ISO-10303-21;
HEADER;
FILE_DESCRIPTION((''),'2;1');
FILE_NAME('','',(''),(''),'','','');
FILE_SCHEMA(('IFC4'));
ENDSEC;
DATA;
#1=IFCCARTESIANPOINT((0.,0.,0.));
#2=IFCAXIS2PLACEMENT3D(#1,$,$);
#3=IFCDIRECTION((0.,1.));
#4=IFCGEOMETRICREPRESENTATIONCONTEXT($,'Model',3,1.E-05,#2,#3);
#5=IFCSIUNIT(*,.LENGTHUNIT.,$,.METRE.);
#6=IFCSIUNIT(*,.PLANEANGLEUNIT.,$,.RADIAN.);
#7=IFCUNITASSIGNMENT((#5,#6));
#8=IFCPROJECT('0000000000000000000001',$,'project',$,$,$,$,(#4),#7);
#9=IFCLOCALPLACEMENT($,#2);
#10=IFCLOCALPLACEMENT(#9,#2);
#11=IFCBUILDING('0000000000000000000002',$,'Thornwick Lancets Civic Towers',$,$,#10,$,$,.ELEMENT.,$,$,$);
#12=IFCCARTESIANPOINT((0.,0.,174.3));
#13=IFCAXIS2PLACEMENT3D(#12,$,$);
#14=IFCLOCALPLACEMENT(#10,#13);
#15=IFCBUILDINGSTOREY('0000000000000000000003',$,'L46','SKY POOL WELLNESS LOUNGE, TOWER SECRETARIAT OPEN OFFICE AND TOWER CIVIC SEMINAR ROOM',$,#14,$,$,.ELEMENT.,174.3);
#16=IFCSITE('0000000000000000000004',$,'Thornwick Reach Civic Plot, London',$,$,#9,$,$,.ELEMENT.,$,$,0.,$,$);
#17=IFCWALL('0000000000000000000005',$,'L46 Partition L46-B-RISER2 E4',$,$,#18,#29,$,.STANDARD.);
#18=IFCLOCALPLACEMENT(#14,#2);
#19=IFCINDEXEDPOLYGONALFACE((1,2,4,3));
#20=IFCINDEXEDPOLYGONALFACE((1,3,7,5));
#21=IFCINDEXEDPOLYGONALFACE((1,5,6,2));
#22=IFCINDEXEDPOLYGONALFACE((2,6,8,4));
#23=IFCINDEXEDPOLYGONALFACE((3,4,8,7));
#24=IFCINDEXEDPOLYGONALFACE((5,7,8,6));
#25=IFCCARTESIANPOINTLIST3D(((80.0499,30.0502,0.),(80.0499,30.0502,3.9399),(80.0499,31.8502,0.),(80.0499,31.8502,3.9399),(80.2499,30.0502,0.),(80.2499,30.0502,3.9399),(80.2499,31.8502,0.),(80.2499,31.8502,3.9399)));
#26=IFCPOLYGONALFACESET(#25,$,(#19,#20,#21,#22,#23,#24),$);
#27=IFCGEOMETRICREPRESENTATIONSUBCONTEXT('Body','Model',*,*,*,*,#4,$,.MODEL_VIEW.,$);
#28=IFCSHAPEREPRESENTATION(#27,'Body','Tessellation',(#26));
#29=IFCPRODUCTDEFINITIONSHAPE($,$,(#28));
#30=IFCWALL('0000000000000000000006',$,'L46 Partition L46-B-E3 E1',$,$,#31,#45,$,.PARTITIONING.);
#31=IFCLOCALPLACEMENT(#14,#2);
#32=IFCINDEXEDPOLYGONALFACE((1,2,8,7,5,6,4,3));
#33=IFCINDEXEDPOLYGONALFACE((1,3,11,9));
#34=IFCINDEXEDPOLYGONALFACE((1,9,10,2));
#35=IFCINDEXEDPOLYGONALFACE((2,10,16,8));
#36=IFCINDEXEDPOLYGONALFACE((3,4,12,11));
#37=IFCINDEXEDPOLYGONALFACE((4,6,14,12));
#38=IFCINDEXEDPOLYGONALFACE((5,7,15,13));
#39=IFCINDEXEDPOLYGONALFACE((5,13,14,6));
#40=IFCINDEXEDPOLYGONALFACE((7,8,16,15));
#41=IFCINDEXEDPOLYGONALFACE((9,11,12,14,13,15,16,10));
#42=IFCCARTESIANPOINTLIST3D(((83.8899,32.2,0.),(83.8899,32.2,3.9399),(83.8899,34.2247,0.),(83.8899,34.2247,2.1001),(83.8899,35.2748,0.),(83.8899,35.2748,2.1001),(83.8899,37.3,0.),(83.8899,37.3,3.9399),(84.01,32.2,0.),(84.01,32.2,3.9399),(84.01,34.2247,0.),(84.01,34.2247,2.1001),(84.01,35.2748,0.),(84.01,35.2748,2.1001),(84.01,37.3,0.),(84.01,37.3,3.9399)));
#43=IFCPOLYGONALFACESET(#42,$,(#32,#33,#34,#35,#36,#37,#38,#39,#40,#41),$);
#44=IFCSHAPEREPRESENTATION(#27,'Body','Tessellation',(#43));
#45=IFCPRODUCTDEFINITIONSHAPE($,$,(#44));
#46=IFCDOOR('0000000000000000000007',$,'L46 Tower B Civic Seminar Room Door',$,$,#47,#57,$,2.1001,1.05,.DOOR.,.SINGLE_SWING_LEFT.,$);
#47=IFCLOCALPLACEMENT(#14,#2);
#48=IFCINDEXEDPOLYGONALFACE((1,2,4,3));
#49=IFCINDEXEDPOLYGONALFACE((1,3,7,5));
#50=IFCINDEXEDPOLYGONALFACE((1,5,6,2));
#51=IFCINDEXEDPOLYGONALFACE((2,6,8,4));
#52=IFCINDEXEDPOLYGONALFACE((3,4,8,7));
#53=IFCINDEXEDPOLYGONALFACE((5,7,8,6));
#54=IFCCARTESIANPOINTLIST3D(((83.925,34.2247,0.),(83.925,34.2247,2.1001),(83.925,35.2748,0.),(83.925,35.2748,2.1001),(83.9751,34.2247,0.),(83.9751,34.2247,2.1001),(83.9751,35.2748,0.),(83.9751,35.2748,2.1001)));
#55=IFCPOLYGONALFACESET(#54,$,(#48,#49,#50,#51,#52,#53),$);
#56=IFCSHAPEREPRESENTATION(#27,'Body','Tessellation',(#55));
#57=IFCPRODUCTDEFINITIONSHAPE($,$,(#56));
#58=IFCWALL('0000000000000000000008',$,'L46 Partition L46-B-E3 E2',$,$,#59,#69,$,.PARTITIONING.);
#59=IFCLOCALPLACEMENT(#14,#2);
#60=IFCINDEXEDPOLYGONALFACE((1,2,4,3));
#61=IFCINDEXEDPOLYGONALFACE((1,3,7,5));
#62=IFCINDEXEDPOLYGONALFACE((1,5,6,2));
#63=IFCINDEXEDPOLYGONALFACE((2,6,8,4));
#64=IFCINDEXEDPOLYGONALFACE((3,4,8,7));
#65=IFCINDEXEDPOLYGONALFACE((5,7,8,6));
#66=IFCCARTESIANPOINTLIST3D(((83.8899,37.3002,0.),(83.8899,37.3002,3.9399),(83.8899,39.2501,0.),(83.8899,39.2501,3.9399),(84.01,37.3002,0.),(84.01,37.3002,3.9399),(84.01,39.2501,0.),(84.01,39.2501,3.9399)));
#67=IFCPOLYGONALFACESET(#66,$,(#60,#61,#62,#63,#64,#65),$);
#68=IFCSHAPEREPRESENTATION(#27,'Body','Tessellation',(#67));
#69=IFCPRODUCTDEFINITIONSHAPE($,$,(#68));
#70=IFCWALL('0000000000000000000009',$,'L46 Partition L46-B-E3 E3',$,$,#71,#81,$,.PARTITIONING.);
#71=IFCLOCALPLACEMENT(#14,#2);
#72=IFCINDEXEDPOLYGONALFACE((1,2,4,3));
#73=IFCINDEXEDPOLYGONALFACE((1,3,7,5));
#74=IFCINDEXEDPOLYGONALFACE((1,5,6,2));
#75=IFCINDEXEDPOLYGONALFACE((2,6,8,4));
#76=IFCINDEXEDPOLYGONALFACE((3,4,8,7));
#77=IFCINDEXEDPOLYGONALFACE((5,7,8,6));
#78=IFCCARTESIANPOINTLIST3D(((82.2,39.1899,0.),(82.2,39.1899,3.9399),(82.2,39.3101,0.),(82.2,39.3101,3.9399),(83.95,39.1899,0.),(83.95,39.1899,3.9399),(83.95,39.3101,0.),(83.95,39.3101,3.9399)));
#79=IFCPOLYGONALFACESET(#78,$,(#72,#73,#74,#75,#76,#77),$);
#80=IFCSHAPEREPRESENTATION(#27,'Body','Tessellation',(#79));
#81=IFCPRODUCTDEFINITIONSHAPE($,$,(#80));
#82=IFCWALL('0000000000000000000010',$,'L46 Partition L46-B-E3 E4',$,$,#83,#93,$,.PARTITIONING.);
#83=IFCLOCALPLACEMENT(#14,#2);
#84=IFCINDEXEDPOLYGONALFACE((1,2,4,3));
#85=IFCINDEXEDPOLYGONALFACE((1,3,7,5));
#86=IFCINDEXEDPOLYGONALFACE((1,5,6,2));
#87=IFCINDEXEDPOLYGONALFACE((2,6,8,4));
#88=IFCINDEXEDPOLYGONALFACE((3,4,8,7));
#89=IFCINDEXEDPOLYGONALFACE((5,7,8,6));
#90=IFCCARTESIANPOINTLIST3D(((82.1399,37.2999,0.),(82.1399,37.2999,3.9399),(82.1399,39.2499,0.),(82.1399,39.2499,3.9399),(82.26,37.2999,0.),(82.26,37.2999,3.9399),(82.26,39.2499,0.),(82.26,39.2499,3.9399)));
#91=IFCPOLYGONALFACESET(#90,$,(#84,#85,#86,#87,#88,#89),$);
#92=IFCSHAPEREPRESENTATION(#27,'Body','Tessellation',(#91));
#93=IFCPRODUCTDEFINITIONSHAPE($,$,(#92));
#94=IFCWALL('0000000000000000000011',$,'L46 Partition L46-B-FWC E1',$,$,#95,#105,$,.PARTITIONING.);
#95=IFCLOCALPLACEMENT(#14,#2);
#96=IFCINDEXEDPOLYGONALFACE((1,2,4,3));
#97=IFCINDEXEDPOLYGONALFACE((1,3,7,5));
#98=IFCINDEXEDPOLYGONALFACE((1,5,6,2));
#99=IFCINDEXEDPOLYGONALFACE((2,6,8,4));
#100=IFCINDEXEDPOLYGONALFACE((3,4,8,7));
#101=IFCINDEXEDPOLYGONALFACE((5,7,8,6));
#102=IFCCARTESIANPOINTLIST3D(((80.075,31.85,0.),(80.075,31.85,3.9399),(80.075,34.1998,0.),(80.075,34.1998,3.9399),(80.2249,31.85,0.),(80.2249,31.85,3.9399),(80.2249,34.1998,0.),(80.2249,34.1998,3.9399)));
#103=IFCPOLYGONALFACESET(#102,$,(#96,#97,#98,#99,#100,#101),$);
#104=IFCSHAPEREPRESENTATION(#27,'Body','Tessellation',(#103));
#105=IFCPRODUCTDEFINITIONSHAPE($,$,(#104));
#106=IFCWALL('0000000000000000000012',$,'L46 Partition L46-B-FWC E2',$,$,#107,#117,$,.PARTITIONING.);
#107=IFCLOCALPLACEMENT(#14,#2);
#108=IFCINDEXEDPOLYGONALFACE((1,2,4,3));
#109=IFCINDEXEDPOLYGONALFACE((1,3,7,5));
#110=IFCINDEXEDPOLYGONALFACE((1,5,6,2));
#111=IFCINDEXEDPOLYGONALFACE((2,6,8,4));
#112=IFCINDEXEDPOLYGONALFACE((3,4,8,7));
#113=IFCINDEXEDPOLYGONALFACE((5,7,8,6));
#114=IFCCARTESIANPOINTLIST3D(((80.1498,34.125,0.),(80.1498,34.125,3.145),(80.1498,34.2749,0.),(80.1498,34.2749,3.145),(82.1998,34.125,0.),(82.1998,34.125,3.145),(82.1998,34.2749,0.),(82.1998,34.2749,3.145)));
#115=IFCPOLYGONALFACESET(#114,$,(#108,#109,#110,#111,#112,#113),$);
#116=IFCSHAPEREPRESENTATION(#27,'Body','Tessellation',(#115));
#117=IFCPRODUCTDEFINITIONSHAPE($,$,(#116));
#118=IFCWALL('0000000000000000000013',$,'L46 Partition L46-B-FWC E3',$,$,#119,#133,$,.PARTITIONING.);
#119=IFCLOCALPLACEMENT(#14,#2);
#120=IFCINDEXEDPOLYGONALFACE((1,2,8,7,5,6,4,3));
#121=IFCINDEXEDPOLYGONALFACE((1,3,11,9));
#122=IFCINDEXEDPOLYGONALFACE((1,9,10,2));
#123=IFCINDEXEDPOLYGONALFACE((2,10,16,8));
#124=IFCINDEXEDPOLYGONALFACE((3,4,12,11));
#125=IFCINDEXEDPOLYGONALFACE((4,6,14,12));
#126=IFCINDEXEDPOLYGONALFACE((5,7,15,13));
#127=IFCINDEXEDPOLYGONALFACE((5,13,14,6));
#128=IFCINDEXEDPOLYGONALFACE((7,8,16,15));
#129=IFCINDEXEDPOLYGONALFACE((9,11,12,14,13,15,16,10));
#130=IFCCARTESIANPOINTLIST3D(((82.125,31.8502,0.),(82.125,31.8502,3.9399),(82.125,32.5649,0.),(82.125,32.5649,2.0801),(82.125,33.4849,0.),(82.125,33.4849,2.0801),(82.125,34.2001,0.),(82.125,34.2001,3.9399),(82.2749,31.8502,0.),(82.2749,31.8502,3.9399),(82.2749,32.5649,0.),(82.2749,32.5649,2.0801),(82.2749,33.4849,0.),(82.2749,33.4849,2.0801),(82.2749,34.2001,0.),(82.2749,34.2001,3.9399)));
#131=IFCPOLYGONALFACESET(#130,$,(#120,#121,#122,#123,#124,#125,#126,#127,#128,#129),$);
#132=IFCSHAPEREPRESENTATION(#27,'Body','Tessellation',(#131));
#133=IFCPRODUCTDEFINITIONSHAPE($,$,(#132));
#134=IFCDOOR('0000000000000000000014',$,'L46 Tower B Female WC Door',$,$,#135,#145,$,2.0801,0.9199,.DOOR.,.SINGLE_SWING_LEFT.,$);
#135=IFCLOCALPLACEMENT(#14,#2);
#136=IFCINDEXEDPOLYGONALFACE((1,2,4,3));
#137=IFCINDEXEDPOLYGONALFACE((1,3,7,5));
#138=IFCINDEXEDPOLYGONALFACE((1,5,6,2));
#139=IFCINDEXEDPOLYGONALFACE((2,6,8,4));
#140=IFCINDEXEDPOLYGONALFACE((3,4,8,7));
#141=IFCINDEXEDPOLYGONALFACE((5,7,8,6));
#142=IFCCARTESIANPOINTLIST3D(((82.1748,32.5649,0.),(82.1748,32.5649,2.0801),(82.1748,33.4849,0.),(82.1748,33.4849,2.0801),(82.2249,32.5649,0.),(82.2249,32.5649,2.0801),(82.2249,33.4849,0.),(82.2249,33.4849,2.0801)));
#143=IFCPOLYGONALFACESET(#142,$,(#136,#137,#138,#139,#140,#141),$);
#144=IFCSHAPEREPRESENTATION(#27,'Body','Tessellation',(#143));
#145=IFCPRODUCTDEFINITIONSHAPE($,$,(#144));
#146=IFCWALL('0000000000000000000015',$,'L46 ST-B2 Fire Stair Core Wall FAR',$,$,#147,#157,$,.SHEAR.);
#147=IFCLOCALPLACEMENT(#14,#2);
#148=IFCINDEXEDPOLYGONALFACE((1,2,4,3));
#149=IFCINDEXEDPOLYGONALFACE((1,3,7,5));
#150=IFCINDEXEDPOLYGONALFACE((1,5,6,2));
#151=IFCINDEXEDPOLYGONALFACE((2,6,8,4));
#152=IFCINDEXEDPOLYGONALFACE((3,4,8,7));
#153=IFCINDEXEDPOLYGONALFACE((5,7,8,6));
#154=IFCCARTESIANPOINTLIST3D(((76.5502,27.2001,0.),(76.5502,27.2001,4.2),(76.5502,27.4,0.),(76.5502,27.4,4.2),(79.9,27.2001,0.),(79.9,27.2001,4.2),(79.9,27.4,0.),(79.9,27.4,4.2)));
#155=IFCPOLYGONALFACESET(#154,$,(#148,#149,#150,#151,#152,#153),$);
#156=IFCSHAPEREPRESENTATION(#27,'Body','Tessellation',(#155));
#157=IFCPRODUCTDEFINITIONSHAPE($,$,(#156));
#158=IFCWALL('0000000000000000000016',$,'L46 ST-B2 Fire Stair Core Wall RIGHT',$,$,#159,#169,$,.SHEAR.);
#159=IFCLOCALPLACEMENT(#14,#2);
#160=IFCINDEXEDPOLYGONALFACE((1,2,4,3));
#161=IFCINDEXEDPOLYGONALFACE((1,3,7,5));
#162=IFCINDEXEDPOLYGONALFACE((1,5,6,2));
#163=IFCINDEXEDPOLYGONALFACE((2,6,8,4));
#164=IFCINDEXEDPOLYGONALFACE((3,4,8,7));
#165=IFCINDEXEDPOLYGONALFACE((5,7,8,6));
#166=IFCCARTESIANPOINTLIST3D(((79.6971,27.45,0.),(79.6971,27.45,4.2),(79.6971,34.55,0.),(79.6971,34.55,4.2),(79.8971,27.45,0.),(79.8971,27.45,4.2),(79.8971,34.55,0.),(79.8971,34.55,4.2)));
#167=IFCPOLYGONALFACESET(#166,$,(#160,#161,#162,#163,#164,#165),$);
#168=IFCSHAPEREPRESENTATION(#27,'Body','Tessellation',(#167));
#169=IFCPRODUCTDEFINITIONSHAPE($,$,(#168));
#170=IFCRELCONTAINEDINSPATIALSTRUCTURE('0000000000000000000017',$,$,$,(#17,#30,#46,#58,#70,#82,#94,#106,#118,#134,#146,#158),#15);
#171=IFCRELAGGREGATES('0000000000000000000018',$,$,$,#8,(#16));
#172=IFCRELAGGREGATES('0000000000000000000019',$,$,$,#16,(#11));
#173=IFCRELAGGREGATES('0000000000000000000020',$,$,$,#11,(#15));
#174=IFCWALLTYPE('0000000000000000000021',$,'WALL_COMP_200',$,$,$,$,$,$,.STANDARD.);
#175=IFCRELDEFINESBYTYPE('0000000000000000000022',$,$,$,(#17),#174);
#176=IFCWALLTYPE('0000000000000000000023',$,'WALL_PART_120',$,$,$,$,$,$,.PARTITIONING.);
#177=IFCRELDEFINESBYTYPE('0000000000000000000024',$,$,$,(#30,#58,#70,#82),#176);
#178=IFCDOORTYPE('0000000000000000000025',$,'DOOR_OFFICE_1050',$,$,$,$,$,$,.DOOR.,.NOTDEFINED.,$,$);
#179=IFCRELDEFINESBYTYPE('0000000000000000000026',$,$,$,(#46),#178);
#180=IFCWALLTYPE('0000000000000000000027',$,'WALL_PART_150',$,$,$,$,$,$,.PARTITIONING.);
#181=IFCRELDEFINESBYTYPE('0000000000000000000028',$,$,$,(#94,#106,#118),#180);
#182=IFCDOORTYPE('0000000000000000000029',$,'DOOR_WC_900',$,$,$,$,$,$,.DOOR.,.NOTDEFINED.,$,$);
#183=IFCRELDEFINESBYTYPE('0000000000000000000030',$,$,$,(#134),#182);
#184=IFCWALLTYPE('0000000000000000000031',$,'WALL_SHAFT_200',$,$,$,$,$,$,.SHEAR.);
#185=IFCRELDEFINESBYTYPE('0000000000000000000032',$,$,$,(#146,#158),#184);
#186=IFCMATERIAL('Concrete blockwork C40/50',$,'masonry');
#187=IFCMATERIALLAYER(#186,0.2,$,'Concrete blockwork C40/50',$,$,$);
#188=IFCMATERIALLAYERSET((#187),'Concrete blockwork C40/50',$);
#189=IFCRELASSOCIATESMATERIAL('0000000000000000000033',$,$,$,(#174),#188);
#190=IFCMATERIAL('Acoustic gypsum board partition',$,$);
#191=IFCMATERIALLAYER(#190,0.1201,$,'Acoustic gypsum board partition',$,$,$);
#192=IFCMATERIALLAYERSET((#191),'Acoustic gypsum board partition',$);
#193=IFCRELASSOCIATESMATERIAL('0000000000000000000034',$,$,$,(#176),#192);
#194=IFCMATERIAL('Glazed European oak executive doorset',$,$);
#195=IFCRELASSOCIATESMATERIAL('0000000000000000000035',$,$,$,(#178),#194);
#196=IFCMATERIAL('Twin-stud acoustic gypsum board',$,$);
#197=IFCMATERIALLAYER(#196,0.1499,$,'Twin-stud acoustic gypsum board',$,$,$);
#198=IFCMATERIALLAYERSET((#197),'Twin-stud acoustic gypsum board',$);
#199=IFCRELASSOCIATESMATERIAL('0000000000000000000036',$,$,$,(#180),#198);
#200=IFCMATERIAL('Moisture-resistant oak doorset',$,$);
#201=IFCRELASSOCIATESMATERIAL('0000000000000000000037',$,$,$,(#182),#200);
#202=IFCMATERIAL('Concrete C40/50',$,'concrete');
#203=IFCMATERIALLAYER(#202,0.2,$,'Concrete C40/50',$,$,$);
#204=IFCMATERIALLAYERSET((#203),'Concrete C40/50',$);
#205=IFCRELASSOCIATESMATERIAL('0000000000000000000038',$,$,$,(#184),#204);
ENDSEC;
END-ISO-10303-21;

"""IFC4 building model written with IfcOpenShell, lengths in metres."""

from ifc_helpers import new_model, si_unit, direction, frame, frame_2d, origin, place, context, subcontext, project, spatial, rectangle, extrude, material, layer, layer_set, type_object, element, fill, save


model = new_model("IFC4")

# Units and contexts
model_context = context("Model", 3, precision=1e-05, world=origin(), true_north=direction((0.0, 1.0)))
body_context = subcontext(model_context, "Body", "Model", "MODEL_VIEW")
ifc_project = project(units=[si_unit("LENGTHUNIT", "METRE"), si_unit("PLANEANGLEUNIT", "RADIAN")], contexts=[model_context])

# Site, building, storey
site_placement = place(None, origin())
site = spatial("IfcSite", under=ifc_project, at=site_placement, Name="Thornwick Reach Civic Plot, London", CompositionType="ELEMENT", RefElevation=0.0)
building_placement = place(site_placement, origin())
building = spatial("IfcBuilding", under=site, at=building_placement, Name="Thornwick Lancets Civic Towers", CompositionType="ELEMENT")
storey_placement = place(building_placement, frame((0.0, 0.0, 174.3)))
storey = spatial("IfcBuildingStorey", under=building, at=storey_placement, Name="L46", Description="SKY POOL WELLNESS LOUNGE, TOWER SECRETARIAT OPEN OFFICE AND TOWER CIVIC SEMINAR ROOM", CompositionType="ELEMENT", Elevation=174.3)

# Shared definitions
ifc_material_1 = material(Name="Concrete blockwork C40/50", Category="masonry")
ifc_layer_1 = layer(ifc_material_1, 0.2, Name="Concrete blockwork C40/50")
ifc_layer_set_1 = layer_set([ifc_layer_1], Name="Concrete blockwork C40/50")
wall_type_1 = type_object("IfcWallType", Name="WALL_COMP_200", PredefinedType="STANDARD", material=ifc_layer_set_1)

# Wall
wall_1_placement = place(storey_placement, frame((80.1499, 31.8501, 0.0), z_axis=(0.0, 0.0, 1.0), x_axis=(0.0, -1.0, 0.0)))
element("IfcWall", 1, at=wall_1_placement, inside=storey, type_object=wall_type_1, Name="L46 Partition L46-B-RISER2 E4", PredefinedType="STANDARD", context=body_context, shape_type="SweptSolid", body=[
    extrude(rectangle(XDim=1.8, YDim=0.2, at=frame_2d((0.8999, 0.0))), origin(), (0.0, 0.0, 1.0), 3.9399),
])

# Wall, opening, door
ifc_material_2 = material(Name="Acoustic gypsum board partition")
ifc_layer_2 = layer(ifc_material_2, 0.1201, Name="Acoustic gypsum board partition")
ifc_layer_set_2 = layer_set([ifc_layer_2], Name="Acoustic gypsum board partition")
wall_type_2 = type_object("IfcWallType", Name="WALL_PART_120", PredefinedType="PARTITIONING", material=ifc_layer_set_2)
wall_2_placement = place(storey_placement, frame((83.95, 32.2, 0.0), z_axis=(0.0, 0.0, 1.0), x_axis=(0.0, 1.0, 0.0)))
wall_2 = element("IfcWall", 2, at=wall_2_placement, inside=storey, type_object=wall_type_2, Name="L46 Partition L46-B-E3 E1", PredefinedType="PARTITIONING", context=body_context, shape_type="SweptSolid", body=[
    extrude(rectangle(XDim=5.1001, YDim=0.1201, at=frame_2d((2.55, 0.0))), origin(), (0.0, 0.0, 1.0), 3.9399),
])
opening_1_placement = place(wall_2_placement, frame((2.0249, 0.0, 0.0)))
opening_1 = element("IfcOpeningElement", 3, at=opening_1_placement, cuts=wall_2, PredefinedType="OPENING", context=body_context, shape_type="SweptSolid", body=[
    extrude(rectangle(XDim=1.05, YDim=2.1001, at=frame_2d((0.5249, 1.05))), frame((0.0, 0.0701, 0.0), z_axis=(0.0, -1.0, 0.0), x_axis=(1.0, 0.0, 0.0)), (0.0, 0.0, 1.0), 0.1401),
])
ifc_material_3 = material(Name="Glazed European oak executive doorset")
door_type_1 = type_object("IfcDoorType", Name="DOOR_OFFICE_1050", OperationType="NOTDEFINED", PredefinedType="DOOR", material=ifc_material_3)
door_1_placement = place(opening_1_placement, origin())
door_1 = element("IfcDoor", 4, at=door_1_placement, inside=storey, type_object=door_type_1, Name="L46 Tower B Civic Seminar Room Door", OperationType="SINGLE_SWING_LEFT", OverallHeight=2.1001, OverallWidth=1.05, PredefinedType="DOOR", context=body_context, shape_type="SweptSolid", body=[
    extrude(rectangle(XDim=1.05, YDim=2.1001, at=frame_2d((0.5249, 1.05))), frame((0.0, 0.0249, 0.0), z_axis=(0.0, -1.0, 0.0), x_axis=(1.0, 0.0, 0.0)), (0.0, 0.0, 1.0), 0.05),
])
fill(opening_1, door_1)

# Walls
wall_3_placement = place(storey_placement, frame((83.95, 37.3, 0.0), z_axis=(0.0, 0.0, 1.0), x_axis=(0.0, 1.0, 0.0)))
element("IfcWall", 5, at=wall_3_placement, inside=storey, type_object=wall_type_2, Name="L46 Partition L46-B-E3 E2", PredefinedType="PARTITIONING", context=body_context, shape_type="SweptSolid", body=[
    extrude(rectangle(XDim=1.95, YDim=0.1201, at=frame_2d((0.9751, 0.0))), origin(), (0.0, 0.0, 1.0), 3.9399),
])
wall_4_placement = place(storey_placement, frame((83.95, 39.25, 0.0), z_axis=(0.0, 0.0, 1.0), x_axis=(-1.0, 0.0, 0.0)))
element("IfcWall", 6, at=wall_4_placement, inside=storey, type_object=wall_type_2, Name="L46 Partition L46-B-E3 E3", PredefinedType="PARTITIONING", context=body_context, shape_type="SweptSolid", body=[
    extrude(rectangle(XDim=1.75, YDim=0.1201, at=frame_2d((0.875, 0.0))), origin(), (0.0, 0.0, 1.0), 3.9399),
])
wall_5_placement = place(storey_placement, frame((82.2, 39.25, 0.0), z_axis=(0.0, 0.0, 1.0), x_axis=(0.0, -1.0, 0.0)))
element("IfcWall", 7, at=wall_5_placement, inside=storey, type_object=wall_type_2, Name="L46 Partition L46-B-E3 E4", PredefinedType="PARTITIONING", context=body_context, shape_type="SweptSolid", body=[
    extrude(rectangle(XDim=1.95, YDim=0.1201, at=frame_2d((0.9751, 0.0))), origin(), (0.0, 0.0, 1.0), 3.9399),
])
ifc_material_4 = material(Name="Twin-stud acoustic gypsum board")
ifc_layer_3 = layer(ifc_material_4, 0.1499, Name="Twin-stud acoustic gypsum board")
ifc_layer_set_3 = layer_set([ifc_layer_3], Name="Twin-stud acoustic gypsum board")
wall_type_3 = type_object("IfcWallType", Name="WALL_PART_150", PredefinedType="PARTITIONING", material=ifc_layer_set_3)
wall_6_placement = place(storey_placement, frame((80.1499, 31.8501, 0.0), z_axis=(0.0, 0.0, 1.0), x_axis=(0.0, 1.0, 0.0)))
element("IfcWall", 8, at=wall_6_placement, inside=storey, type_object=wall_type_3, Name="L46 Partition L46-B-FWC E1", PredefinedType="PARTITIONING", context=body_context, shape_type="SweptSolid", body=[
    extrude(rectangle(XDim=2.3499, YDim=0.1499, at=frame_2d((1.1748, 0.0))), origin(), (0.0, 0.0, 1.0), 3.9399),
])
wall_7_placement = place(storey_placement, frame((80.1499, 34.2, 0.0), z_axis=(0.0, 0.0, 1.0), x_axis=(1.0, 0.0, 0.0)))
element("IfcWall", 9, at=wall_7_placement, inside=storey, type_object=wall_type_3, Name="L46 Partition L46-B-FWC E2", PredefinedType="PARTITIONING", context=body_context, shape_type="SweptSolid", body=[
    extrude(rectangle(XDim=2.05, YDim=0.1499, at=frame_2d((1.0249, 0.0))), origin(), (0.0, 0.0, 1.0), 3.145),
])

# Wall, opening, door
wall_8_placement = place(storey_placement, frame((82.2, 34.2, 0.0), z_axis=(0.0, 0.0, 1.0), x_axis=(0.0, -1.0, 0.0)))
wall_8 = element("IfcWall", 10, at=wall_8_placement, inside=storey, type_object=wall_type_3, Name="L46 Partition L46-B-FWC E3", PredefinedType="PARTITIONING", context=body_context, shape_type="SweptSolid", body=[
    extrude(rectangle(XDim=2.3499, YDim=0.1499, at=frame_2d((1.1748, 0.0))), origin(), (0.0, 0.0, 1.0), 3.9399),
])
opening_2_placement = place(wall_8_placement, frame((0.7151, 0.0, 0.0)))
opening_2 = element("IfcOpeningElement", 11, at=opening_2_placement, cuts=wall_8, PredefinedType="OPENING", context=body_context, shape_type="SweptSolid", body=[
    extrude(rectangle(XDim=0.9199, YDim=2.0801, at=frame_2d((0.46, 1.04))), frame((0.0, 0.085, 0.0), z_axis=(0.0, -1.0, 0.0), x_axis=(1.0, 0.0, 0.0)), (0.0, 0.0, 1.0), 0.1699),
])
ifc_material_5 = material(Name="Moisture-resistant oak doorset")
door_type_2 = type_object("IfcDoorType", Name="DOOR_WC_900", OperationType="NOTDEFINED", PredefinedType="DOOR", material=ifc_material_5)
door_2_placement = place(opening_2_placement, origin())
door_2 = element("IfcDoor", 12, at=door_2_placement, inside=storey, type_object=door_type_2, Name="L46 Tower B Female WC Door", OperationType="SINGLE_SWING_LEFT", OverallHeight=2.0801, OverallWidth=0.9199, PredefinedType="DOOR", context=body_context, shape_type="SweptSolid", body=[
    extrude(rectangle(XDim=0.9199, YDim=2.0801, at=frame_2d((0.46, 1.04))), frame((0.0, 0.0249, 0.0), z_axis=(0.0, -1.0, 0.0), x_axis=(1.0, 0.0, 0.0)), (0.0, 0.0, 1.0), 0.05),
])
fill(opening_2, door_2)

# Walls
ifc_material_6 = material(Name="Concrete C40/50", Category="concrete")
ifc_layer_4 = layer(ifc_material_6, 0.2, Name="Concrete C40/50")
ifc_layer_set_4 = layer_set([ifc_layer_4], Name="Concrete C40/50")
wall_type_4 = type_object("IfcWallType", Name="WALL_SHAFT_200", PredefinedType="SHEAR", material=ifc_layer_set_4)
wall_9_placement = place(storey_placement, frame((79.8999, 27.3, 0.0), z_axis=(0.0, 0.0, 1.0), x_axis=(-1.0, 0.0, 0.0)))
element("IfcWall", 13, at=wall_9_placement, inside=storey, type_object=wall_type_4, Name="L46 ST-B2 Fire Stair Core Wall FAR", PredefinedType="SHEAR", context=body_context, shape_type="SweptSolid", body=[
    extrude(rectangle(XDim=3.3499, YDim=0.2, at=frame_2d((1.6748, 0.0))), origin(), (0.0, 0.0, 1.0), 4.2),
])
wall_10_placement = place(storey_placement, frame((79.7971, 27.45, 0.0), z_axis=(0.0, 0.0, 1.0), x_axis=(0.0, 1.0, 0.0)))
element("IfcWall", 14, at=wall_10_placement, inside=storey, type_object=wall_type_4, Name="L46 ST-B2 Fire Stair Core Wall RIGHT", PredefinedType="SHEAR", context=body_context, shape_type="SweptSolid", body=[
    extrude(rectangle(XDim=7.1001, YDim=0.2, at=frame_2d((3.55, 0.0))), origin(), (0.0, 0.0, 1.0), 4.2),
])

save(model, "model.ifc")
